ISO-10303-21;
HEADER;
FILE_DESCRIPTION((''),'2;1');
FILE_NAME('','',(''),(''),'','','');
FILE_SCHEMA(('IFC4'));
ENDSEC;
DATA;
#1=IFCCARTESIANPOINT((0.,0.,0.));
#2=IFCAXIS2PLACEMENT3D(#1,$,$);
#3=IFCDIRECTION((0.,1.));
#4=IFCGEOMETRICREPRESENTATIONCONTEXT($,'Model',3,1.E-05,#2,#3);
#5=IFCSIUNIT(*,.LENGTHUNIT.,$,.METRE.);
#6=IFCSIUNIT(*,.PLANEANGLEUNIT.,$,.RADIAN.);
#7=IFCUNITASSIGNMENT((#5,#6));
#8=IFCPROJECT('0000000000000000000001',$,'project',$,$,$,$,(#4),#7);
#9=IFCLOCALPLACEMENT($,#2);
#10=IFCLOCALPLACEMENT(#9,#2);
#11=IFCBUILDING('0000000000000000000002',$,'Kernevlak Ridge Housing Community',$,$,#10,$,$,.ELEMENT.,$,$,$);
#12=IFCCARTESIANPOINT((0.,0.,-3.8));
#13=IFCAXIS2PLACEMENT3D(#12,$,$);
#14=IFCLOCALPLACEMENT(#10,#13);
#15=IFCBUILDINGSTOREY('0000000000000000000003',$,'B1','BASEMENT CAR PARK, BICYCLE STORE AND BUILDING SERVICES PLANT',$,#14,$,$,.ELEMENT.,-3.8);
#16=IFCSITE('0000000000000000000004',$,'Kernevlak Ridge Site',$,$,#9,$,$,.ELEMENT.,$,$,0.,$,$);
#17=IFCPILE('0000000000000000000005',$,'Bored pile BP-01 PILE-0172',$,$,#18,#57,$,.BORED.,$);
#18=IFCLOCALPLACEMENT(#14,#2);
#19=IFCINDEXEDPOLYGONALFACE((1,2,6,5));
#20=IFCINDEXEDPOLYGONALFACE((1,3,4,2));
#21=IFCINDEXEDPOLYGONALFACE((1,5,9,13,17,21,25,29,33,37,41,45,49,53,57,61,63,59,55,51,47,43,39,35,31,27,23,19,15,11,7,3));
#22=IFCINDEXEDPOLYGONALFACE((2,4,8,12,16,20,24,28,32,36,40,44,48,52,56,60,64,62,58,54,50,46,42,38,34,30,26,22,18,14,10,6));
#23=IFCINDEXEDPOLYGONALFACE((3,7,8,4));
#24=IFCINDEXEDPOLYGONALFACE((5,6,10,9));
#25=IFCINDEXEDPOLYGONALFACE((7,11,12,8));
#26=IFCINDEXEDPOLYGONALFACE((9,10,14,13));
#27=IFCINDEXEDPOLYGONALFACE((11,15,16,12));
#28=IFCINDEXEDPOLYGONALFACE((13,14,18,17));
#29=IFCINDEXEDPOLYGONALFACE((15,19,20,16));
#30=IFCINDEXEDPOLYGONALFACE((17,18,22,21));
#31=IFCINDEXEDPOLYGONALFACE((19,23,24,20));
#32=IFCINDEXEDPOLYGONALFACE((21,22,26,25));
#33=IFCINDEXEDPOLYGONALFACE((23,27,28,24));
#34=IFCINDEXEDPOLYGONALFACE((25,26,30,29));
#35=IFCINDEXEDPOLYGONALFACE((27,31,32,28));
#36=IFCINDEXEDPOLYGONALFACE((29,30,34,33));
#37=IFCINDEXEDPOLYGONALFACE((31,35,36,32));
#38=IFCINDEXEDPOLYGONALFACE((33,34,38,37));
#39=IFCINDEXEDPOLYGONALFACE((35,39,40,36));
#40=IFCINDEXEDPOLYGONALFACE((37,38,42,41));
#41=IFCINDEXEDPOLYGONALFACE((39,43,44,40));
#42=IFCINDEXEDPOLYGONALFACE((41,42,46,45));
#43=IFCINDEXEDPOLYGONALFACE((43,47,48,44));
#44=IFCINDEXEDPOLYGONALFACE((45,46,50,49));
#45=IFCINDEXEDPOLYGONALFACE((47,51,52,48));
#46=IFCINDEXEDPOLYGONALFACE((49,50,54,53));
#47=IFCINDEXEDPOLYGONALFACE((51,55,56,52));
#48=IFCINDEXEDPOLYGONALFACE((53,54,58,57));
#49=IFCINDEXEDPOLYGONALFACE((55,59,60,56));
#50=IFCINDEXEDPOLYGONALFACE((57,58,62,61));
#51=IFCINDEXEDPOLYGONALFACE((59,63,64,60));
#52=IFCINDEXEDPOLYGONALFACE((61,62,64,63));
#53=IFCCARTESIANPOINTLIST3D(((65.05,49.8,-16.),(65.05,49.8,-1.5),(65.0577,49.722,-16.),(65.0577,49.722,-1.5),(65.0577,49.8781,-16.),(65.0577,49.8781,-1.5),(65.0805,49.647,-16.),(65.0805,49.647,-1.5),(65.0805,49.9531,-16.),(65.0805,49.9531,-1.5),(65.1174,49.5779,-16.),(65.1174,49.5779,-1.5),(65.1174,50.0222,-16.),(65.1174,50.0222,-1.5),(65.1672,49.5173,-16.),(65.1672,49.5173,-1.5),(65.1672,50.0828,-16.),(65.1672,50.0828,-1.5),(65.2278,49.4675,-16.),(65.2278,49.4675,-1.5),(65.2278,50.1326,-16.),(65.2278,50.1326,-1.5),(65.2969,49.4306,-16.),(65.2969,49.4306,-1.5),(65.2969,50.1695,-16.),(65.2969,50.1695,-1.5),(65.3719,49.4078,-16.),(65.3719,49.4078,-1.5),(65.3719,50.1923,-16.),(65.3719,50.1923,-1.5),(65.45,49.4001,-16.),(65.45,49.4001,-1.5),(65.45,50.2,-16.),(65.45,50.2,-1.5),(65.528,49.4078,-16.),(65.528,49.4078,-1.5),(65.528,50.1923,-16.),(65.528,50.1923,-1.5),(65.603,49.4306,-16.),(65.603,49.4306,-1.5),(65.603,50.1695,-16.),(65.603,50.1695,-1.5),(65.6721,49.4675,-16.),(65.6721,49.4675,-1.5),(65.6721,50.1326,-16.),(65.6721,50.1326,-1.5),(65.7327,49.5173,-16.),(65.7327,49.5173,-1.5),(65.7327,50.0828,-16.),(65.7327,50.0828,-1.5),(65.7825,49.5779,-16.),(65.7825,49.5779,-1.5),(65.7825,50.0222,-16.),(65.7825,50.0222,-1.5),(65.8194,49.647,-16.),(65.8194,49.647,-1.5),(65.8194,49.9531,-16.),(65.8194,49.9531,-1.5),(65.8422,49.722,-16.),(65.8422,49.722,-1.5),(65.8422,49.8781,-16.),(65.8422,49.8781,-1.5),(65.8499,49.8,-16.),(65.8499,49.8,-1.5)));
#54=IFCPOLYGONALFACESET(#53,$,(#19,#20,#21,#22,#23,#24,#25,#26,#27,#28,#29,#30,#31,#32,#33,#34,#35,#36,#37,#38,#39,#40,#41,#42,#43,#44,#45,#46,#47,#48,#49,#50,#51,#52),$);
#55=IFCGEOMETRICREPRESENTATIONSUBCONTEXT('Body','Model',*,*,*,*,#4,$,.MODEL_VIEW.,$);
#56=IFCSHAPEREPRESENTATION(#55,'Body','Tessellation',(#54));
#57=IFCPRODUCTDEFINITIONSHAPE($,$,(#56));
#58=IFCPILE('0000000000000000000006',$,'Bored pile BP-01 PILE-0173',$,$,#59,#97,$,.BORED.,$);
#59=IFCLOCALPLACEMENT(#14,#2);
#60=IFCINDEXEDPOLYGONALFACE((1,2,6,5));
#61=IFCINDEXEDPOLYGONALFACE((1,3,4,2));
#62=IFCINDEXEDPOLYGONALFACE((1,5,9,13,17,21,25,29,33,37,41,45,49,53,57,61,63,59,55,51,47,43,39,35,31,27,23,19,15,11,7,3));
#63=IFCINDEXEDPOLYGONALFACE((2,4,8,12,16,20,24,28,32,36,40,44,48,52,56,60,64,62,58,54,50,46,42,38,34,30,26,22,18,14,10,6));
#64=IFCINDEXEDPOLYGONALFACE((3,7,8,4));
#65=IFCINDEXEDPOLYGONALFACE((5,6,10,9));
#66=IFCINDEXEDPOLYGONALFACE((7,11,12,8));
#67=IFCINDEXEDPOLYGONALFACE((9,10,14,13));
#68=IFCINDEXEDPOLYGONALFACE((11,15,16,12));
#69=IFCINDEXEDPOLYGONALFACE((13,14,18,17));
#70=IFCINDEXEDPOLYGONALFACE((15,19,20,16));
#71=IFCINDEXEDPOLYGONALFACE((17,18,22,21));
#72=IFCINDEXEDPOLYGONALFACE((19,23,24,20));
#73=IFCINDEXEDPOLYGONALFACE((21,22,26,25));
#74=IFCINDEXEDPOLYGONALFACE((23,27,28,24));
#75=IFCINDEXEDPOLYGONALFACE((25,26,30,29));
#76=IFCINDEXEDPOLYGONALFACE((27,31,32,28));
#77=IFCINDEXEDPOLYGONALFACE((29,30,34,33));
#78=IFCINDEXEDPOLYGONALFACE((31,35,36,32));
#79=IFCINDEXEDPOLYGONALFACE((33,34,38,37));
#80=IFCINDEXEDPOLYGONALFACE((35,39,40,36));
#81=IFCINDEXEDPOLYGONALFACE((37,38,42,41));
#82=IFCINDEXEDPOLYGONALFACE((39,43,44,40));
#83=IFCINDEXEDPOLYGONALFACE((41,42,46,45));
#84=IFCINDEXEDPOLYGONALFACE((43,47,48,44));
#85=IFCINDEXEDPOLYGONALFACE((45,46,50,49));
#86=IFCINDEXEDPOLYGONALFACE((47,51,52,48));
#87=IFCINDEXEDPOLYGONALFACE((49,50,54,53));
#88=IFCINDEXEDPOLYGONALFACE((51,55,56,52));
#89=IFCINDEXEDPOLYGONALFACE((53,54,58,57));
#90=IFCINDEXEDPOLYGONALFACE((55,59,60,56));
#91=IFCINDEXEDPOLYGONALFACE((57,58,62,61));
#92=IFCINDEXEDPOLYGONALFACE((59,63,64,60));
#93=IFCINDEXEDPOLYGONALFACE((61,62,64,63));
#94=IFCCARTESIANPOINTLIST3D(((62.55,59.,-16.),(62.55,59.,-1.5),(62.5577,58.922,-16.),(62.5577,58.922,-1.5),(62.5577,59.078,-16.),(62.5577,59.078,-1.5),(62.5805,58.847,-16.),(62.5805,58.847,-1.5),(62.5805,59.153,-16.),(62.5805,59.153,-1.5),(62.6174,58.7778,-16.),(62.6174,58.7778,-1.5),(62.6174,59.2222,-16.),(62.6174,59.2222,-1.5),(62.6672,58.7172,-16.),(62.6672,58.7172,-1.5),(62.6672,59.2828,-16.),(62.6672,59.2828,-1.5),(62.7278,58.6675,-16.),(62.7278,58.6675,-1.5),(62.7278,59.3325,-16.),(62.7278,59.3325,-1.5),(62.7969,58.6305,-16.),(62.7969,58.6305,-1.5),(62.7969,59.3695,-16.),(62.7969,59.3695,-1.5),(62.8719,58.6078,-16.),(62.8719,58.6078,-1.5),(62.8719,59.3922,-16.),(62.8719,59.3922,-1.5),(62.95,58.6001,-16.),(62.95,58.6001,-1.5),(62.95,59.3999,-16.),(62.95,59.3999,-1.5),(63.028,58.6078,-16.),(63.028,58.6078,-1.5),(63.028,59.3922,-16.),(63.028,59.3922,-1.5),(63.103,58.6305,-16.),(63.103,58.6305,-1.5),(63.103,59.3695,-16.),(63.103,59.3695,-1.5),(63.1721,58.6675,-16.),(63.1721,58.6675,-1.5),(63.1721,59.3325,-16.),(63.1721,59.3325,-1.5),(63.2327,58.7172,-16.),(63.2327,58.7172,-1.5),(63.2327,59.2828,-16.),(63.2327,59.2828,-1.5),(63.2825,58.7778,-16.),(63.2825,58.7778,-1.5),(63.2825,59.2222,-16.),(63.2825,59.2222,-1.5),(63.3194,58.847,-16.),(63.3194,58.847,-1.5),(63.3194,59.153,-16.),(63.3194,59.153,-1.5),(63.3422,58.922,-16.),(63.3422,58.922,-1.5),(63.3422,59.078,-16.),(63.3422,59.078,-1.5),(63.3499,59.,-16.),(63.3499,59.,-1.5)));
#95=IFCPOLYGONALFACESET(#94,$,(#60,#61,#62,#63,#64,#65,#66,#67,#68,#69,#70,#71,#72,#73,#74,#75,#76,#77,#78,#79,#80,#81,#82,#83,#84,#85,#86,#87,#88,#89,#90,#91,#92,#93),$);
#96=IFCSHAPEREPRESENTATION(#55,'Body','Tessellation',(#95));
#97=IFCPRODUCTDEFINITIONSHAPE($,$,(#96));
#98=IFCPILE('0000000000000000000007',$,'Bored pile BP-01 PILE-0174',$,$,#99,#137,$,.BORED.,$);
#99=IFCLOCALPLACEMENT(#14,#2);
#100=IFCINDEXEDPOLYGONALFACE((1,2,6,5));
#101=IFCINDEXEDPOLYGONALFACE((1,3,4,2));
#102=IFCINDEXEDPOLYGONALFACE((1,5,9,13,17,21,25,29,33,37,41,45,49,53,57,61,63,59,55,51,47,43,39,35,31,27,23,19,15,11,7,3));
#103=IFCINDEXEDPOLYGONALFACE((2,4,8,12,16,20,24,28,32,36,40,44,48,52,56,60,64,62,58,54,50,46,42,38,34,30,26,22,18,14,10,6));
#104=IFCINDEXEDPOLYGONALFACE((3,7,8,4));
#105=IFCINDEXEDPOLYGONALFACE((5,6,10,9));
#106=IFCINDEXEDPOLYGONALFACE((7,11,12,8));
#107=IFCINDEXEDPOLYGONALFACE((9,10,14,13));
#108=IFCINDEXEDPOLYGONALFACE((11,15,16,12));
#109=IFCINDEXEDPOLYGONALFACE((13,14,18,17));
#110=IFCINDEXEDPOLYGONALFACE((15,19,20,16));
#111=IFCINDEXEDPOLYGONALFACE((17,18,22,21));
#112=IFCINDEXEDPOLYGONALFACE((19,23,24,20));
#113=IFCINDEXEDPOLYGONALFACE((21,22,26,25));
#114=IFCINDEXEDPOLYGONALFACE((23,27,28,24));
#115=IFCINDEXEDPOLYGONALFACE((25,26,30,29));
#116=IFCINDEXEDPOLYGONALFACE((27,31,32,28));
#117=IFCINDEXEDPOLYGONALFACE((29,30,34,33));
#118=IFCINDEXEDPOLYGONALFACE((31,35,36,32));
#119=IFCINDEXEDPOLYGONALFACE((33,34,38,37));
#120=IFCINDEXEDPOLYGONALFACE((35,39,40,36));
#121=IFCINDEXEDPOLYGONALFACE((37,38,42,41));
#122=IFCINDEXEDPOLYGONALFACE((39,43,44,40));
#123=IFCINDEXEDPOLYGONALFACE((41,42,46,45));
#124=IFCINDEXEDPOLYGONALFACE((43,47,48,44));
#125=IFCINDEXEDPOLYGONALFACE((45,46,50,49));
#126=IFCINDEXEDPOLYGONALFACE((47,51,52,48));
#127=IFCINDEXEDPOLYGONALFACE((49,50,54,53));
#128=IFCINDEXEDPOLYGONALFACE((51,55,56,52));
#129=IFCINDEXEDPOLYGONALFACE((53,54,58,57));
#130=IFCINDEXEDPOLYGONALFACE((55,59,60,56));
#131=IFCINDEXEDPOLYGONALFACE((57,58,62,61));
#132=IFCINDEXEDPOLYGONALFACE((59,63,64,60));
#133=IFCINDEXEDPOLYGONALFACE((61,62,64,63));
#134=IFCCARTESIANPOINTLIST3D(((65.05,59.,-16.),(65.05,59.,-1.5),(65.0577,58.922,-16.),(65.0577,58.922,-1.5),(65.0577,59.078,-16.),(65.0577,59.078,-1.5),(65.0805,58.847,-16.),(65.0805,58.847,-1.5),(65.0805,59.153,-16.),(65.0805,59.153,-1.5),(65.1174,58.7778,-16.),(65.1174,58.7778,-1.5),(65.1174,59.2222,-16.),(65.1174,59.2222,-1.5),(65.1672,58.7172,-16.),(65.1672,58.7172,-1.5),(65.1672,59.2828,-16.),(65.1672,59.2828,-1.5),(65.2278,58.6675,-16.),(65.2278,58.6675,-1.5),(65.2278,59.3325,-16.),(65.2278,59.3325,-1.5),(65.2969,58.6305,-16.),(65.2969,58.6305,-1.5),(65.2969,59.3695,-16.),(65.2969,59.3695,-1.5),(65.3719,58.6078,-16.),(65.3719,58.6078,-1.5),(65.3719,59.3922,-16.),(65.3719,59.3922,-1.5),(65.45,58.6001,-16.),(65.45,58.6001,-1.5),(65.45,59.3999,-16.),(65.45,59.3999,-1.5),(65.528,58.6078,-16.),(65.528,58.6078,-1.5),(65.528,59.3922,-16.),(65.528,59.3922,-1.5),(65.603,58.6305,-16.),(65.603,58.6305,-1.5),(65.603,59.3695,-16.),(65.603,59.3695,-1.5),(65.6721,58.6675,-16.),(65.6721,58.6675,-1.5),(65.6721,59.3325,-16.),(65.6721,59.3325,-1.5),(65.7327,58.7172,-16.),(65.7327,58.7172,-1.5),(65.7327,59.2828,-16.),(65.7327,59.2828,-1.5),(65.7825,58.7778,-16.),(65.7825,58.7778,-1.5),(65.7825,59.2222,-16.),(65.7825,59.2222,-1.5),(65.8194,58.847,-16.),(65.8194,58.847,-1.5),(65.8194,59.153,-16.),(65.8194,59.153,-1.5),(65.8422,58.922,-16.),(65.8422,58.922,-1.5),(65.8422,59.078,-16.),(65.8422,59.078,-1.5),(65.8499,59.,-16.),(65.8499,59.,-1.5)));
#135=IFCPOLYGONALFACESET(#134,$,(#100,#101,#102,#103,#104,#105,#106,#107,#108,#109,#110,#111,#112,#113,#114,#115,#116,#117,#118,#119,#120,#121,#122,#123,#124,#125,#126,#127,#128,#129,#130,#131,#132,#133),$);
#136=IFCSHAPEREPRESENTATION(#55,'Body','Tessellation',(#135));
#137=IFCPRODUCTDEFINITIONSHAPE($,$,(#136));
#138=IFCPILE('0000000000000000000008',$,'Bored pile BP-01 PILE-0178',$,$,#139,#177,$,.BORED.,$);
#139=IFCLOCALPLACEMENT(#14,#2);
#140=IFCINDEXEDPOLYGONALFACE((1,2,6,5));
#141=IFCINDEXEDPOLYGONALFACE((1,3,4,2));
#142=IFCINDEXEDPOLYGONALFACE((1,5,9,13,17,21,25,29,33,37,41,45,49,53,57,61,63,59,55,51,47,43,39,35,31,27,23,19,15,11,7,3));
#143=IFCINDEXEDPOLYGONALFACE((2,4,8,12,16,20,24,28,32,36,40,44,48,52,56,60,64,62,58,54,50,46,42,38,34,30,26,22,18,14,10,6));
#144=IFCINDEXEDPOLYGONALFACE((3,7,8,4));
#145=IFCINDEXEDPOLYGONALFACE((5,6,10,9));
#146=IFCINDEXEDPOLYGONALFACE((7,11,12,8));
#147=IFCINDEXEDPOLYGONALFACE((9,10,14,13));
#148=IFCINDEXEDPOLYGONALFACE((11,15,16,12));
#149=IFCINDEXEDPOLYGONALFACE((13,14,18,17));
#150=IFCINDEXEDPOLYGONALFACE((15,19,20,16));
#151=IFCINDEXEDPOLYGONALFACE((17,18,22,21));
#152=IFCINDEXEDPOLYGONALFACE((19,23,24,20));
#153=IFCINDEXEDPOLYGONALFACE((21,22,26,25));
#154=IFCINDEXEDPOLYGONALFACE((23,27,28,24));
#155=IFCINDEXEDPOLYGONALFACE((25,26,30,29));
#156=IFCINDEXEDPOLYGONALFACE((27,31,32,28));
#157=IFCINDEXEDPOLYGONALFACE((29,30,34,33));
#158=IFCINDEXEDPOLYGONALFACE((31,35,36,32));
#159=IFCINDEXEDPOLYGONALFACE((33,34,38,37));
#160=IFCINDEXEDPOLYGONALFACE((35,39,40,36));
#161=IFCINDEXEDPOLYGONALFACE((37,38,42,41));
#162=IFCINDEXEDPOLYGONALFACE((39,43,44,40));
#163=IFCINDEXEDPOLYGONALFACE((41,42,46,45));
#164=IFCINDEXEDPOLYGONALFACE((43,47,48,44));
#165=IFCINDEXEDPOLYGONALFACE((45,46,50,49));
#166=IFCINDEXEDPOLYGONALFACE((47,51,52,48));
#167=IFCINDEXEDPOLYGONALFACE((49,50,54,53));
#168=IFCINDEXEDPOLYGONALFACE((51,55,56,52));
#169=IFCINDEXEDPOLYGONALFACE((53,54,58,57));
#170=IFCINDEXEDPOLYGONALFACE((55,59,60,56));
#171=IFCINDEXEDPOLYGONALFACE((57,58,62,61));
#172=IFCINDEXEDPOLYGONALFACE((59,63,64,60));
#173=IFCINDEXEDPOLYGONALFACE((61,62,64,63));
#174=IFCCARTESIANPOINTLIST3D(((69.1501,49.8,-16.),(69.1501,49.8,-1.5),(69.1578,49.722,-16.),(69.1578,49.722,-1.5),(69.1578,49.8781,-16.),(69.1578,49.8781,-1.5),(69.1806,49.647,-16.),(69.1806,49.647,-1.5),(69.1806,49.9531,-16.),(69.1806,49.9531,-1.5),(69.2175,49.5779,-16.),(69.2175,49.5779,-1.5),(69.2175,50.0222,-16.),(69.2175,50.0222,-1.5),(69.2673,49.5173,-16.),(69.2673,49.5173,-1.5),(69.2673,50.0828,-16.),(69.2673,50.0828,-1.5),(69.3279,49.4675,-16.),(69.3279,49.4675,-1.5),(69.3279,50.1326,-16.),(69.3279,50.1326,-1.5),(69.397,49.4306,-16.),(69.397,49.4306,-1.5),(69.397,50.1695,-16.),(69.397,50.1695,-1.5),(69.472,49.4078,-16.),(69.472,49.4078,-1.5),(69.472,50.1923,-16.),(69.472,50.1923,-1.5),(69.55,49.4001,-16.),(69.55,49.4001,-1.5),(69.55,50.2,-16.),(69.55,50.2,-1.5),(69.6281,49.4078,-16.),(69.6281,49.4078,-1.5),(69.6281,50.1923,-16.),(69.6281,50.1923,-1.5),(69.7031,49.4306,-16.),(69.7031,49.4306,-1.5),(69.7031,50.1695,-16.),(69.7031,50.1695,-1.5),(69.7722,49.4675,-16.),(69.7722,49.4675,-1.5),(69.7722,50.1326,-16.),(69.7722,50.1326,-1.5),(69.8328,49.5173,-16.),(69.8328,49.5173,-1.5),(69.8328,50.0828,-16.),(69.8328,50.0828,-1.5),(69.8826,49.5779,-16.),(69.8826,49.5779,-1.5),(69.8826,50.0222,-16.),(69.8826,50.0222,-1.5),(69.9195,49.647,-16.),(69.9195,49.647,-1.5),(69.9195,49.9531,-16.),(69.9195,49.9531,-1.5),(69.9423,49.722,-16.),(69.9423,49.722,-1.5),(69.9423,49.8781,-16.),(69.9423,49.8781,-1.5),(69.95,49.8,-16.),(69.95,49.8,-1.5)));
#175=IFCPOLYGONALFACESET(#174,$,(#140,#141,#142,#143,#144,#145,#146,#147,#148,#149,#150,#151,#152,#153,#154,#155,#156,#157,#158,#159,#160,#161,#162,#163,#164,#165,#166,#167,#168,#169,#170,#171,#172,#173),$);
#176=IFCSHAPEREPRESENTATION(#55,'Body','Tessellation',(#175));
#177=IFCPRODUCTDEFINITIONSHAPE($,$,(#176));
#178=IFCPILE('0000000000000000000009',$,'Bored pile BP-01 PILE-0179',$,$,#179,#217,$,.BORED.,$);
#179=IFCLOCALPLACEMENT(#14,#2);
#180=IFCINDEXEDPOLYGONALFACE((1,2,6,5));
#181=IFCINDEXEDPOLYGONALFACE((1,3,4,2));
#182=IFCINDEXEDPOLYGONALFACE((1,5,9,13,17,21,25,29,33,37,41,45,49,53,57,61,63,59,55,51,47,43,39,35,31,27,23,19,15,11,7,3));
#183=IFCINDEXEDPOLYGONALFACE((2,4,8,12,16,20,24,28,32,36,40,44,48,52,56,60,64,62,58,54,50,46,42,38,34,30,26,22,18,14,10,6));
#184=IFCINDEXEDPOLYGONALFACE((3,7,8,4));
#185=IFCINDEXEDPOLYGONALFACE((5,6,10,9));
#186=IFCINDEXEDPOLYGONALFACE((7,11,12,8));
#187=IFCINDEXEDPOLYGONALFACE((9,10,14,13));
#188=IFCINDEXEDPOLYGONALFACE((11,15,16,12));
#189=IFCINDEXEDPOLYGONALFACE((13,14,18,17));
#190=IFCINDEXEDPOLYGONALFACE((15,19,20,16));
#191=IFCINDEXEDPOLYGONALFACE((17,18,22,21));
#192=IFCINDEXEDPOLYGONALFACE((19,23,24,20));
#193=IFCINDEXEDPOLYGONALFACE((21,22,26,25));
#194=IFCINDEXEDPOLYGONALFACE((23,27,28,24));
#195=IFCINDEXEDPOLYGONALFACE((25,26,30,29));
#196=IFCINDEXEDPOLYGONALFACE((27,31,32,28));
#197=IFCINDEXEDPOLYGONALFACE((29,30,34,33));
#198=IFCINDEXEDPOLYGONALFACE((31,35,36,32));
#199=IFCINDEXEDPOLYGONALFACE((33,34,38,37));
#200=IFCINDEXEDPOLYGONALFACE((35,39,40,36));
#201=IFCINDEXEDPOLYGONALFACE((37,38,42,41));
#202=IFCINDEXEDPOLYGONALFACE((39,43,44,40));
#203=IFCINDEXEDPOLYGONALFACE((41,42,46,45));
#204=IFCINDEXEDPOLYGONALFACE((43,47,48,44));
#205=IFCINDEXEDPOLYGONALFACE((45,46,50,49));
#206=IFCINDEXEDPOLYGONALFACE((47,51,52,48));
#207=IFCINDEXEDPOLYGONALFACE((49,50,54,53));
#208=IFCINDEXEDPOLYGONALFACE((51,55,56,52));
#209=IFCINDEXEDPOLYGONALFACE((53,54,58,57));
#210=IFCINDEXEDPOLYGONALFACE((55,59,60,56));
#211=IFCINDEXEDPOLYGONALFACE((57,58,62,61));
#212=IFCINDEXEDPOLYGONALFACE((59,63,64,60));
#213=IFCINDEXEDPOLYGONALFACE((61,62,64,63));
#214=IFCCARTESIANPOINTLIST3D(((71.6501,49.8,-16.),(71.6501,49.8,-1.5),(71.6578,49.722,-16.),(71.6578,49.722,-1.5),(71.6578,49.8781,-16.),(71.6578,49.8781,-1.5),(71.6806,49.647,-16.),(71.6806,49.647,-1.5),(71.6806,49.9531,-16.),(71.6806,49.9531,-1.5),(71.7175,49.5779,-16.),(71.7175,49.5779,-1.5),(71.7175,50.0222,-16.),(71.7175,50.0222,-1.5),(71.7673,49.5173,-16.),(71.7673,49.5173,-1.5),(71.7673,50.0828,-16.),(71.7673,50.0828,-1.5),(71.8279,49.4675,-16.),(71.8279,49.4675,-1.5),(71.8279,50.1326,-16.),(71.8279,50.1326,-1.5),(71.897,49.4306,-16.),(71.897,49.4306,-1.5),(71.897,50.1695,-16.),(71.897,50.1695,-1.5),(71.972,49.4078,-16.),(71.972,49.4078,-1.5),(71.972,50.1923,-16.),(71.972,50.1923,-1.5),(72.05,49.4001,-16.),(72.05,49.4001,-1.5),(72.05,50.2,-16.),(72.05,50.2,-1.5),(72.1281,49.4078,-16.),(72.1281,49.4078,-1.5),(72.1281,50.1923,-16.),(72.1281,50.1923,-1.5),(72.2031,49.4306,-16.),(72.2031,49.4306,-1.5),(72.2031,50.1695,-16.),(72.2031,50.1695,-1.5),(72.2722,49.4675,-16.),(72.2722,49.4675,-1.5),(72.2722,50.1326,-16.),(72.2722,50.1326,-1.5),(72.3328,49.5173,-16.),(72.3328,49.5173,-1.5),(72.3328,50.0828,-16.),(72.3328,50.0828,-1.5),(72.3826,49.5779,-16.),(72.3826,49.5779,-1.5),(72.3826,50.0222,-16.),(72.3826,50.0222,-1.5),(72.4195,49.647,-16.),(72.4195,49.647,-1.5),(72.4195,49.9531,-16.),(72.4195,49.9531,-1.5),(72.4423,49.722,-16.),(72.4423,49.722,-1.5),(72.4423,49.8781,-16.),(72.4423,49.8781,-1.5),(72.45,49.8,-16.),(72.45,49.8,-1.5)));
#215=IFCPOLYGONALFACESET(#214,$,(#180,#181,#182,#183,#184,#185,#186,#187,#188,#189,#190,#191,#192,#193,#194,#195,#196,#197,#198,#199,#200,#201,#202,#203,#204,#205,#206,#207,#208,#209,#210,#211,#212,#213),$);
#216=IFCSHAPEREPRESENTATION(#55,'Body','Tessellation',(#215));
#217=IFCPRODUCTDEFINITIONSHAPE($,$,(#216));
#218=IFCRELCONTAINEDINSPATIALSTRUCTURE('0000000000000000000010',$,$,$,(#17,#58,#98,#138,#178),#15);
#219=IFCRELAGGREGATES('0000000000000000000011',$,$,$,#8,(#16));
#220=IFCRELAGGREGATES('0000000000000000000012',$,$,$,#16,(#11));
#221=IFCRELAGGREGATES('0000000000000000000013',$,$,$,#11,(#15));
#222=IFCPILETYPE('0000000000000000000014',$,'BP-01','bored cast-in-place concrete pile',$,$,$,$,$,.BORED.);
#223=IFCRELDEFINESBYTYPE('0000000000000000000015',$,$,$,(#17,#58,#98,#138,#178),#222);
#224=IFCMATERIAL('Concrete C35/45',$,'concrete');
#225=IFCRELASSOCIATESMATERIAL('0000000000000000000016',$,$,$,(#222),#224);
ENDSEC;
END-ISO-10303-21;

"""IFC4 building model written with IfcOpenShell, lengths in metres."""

from ifc_helpers import new_model, si_unit, direction, frame, origin, origin_2d, place, context, subcontext, project, spatial, circle, extrude, material, material_profile, profile_set, type_object, element, save


model = new_model("IFC4")

# Units and contexts
model_context = context("Model", 3, precision=1e-05, world=origin(), true_north=direction((0.0, 1.0)))
body_context = subcontext(model_context, "Body", "Model", "MODEL_VIEW")
ifc_project = project(units=[si_unit("LENGTHUNIT", "METRE"), si_unit("PLANEANGLEUNIT", "RADIAN")], contexts=[model_context])

# Site, building, storey
site_placement = place(None, origin())
site = spatial("IfcSite", under=ifc_project, at=site_placement, Name="Kernevlak Ridge Site", CompositionType="ELEMENT", RefElevation=0.0)
building_placement = place(site_placement, origin())
building = spatial("IfcBuilding", under=site, at=building_placement, Name="Kernevlak Ridge Housing Community", CompositionType="ELEMENT")
storey_placement = place(building_placement, frame((0.0, 0.0, -3.8)))
storey = spatial("IfcBuildingStorey", under=building, at=storey_placement, Name="B1", Description="BASEMENT CAR PARK, BICYCLE STORE AND BUILDING SERVICES PLANT", CompositionType="ELEMENT", Elevation=-3.8)

# Piles
ifc_material_1 = material(Name="Concrete C35/45", Category="concrete")
ifc_material_profile_1 = material_profile(ifc_material_1, circle(Radius=0.3999, at=origin_2d()), Name="BORED PILE 800")
ifc_profile_set_1 = profile_set([ifc_material_profile_1], Name="Concrete C35/45")
pile_type = type_object("IfcPileType", Name="BP-01", Description="bored cast-in-place concrete pile", PredefinedType="BORED", material=ifc_profile_set_1)
for number, where, z_axis, x_axis, name in (
    (1, (65.45, 49.8, -1.5), (0.0, 0.0, -1.0), (1.0, 0.0, 0.0), "Bored pile BP-01 PILE-0172"),
    (2, (62.95, 59.0, -1.5), (0.0, 0.0, -1.0), (1.0, 0.0, 0.0), "Bored pile BP-01 PILE-0173"),
    (3, (65.45, 59.0, -1.5), (0.0, 0.0, -1.0), (1.0, 0.0, 0.0), "Bored pile BP-01 PILE-0174"),
    (4, (69.55, 49.8, -1.5), (0.0, 0.0, -1.0), (1.0, 0.0, 0.0), "Bored pile BP-01 PILE-0178"),
    (5, (72.05, 49.8, -1.5), (0.0, 0.0, -1.0), (1.0, 0.0, 0.0), "Bored pile BP-01 PILE-0179"),
):
    element("IfcPile", number, at=place(storey_placement, frame(where, z_axis=z_axis, x_axis=x_axis)), inside=storey, type_object=pile_type, Name=name, PredefinedType="BORED", context=body_context, shape_type="SweptSolid", body=[
        extrude(circle(Radius=0.3999, at=origin_2d()), origin(), (0.0, 0.0, 1.0), 14.5),
    ])

save(model, "model.ifc")
